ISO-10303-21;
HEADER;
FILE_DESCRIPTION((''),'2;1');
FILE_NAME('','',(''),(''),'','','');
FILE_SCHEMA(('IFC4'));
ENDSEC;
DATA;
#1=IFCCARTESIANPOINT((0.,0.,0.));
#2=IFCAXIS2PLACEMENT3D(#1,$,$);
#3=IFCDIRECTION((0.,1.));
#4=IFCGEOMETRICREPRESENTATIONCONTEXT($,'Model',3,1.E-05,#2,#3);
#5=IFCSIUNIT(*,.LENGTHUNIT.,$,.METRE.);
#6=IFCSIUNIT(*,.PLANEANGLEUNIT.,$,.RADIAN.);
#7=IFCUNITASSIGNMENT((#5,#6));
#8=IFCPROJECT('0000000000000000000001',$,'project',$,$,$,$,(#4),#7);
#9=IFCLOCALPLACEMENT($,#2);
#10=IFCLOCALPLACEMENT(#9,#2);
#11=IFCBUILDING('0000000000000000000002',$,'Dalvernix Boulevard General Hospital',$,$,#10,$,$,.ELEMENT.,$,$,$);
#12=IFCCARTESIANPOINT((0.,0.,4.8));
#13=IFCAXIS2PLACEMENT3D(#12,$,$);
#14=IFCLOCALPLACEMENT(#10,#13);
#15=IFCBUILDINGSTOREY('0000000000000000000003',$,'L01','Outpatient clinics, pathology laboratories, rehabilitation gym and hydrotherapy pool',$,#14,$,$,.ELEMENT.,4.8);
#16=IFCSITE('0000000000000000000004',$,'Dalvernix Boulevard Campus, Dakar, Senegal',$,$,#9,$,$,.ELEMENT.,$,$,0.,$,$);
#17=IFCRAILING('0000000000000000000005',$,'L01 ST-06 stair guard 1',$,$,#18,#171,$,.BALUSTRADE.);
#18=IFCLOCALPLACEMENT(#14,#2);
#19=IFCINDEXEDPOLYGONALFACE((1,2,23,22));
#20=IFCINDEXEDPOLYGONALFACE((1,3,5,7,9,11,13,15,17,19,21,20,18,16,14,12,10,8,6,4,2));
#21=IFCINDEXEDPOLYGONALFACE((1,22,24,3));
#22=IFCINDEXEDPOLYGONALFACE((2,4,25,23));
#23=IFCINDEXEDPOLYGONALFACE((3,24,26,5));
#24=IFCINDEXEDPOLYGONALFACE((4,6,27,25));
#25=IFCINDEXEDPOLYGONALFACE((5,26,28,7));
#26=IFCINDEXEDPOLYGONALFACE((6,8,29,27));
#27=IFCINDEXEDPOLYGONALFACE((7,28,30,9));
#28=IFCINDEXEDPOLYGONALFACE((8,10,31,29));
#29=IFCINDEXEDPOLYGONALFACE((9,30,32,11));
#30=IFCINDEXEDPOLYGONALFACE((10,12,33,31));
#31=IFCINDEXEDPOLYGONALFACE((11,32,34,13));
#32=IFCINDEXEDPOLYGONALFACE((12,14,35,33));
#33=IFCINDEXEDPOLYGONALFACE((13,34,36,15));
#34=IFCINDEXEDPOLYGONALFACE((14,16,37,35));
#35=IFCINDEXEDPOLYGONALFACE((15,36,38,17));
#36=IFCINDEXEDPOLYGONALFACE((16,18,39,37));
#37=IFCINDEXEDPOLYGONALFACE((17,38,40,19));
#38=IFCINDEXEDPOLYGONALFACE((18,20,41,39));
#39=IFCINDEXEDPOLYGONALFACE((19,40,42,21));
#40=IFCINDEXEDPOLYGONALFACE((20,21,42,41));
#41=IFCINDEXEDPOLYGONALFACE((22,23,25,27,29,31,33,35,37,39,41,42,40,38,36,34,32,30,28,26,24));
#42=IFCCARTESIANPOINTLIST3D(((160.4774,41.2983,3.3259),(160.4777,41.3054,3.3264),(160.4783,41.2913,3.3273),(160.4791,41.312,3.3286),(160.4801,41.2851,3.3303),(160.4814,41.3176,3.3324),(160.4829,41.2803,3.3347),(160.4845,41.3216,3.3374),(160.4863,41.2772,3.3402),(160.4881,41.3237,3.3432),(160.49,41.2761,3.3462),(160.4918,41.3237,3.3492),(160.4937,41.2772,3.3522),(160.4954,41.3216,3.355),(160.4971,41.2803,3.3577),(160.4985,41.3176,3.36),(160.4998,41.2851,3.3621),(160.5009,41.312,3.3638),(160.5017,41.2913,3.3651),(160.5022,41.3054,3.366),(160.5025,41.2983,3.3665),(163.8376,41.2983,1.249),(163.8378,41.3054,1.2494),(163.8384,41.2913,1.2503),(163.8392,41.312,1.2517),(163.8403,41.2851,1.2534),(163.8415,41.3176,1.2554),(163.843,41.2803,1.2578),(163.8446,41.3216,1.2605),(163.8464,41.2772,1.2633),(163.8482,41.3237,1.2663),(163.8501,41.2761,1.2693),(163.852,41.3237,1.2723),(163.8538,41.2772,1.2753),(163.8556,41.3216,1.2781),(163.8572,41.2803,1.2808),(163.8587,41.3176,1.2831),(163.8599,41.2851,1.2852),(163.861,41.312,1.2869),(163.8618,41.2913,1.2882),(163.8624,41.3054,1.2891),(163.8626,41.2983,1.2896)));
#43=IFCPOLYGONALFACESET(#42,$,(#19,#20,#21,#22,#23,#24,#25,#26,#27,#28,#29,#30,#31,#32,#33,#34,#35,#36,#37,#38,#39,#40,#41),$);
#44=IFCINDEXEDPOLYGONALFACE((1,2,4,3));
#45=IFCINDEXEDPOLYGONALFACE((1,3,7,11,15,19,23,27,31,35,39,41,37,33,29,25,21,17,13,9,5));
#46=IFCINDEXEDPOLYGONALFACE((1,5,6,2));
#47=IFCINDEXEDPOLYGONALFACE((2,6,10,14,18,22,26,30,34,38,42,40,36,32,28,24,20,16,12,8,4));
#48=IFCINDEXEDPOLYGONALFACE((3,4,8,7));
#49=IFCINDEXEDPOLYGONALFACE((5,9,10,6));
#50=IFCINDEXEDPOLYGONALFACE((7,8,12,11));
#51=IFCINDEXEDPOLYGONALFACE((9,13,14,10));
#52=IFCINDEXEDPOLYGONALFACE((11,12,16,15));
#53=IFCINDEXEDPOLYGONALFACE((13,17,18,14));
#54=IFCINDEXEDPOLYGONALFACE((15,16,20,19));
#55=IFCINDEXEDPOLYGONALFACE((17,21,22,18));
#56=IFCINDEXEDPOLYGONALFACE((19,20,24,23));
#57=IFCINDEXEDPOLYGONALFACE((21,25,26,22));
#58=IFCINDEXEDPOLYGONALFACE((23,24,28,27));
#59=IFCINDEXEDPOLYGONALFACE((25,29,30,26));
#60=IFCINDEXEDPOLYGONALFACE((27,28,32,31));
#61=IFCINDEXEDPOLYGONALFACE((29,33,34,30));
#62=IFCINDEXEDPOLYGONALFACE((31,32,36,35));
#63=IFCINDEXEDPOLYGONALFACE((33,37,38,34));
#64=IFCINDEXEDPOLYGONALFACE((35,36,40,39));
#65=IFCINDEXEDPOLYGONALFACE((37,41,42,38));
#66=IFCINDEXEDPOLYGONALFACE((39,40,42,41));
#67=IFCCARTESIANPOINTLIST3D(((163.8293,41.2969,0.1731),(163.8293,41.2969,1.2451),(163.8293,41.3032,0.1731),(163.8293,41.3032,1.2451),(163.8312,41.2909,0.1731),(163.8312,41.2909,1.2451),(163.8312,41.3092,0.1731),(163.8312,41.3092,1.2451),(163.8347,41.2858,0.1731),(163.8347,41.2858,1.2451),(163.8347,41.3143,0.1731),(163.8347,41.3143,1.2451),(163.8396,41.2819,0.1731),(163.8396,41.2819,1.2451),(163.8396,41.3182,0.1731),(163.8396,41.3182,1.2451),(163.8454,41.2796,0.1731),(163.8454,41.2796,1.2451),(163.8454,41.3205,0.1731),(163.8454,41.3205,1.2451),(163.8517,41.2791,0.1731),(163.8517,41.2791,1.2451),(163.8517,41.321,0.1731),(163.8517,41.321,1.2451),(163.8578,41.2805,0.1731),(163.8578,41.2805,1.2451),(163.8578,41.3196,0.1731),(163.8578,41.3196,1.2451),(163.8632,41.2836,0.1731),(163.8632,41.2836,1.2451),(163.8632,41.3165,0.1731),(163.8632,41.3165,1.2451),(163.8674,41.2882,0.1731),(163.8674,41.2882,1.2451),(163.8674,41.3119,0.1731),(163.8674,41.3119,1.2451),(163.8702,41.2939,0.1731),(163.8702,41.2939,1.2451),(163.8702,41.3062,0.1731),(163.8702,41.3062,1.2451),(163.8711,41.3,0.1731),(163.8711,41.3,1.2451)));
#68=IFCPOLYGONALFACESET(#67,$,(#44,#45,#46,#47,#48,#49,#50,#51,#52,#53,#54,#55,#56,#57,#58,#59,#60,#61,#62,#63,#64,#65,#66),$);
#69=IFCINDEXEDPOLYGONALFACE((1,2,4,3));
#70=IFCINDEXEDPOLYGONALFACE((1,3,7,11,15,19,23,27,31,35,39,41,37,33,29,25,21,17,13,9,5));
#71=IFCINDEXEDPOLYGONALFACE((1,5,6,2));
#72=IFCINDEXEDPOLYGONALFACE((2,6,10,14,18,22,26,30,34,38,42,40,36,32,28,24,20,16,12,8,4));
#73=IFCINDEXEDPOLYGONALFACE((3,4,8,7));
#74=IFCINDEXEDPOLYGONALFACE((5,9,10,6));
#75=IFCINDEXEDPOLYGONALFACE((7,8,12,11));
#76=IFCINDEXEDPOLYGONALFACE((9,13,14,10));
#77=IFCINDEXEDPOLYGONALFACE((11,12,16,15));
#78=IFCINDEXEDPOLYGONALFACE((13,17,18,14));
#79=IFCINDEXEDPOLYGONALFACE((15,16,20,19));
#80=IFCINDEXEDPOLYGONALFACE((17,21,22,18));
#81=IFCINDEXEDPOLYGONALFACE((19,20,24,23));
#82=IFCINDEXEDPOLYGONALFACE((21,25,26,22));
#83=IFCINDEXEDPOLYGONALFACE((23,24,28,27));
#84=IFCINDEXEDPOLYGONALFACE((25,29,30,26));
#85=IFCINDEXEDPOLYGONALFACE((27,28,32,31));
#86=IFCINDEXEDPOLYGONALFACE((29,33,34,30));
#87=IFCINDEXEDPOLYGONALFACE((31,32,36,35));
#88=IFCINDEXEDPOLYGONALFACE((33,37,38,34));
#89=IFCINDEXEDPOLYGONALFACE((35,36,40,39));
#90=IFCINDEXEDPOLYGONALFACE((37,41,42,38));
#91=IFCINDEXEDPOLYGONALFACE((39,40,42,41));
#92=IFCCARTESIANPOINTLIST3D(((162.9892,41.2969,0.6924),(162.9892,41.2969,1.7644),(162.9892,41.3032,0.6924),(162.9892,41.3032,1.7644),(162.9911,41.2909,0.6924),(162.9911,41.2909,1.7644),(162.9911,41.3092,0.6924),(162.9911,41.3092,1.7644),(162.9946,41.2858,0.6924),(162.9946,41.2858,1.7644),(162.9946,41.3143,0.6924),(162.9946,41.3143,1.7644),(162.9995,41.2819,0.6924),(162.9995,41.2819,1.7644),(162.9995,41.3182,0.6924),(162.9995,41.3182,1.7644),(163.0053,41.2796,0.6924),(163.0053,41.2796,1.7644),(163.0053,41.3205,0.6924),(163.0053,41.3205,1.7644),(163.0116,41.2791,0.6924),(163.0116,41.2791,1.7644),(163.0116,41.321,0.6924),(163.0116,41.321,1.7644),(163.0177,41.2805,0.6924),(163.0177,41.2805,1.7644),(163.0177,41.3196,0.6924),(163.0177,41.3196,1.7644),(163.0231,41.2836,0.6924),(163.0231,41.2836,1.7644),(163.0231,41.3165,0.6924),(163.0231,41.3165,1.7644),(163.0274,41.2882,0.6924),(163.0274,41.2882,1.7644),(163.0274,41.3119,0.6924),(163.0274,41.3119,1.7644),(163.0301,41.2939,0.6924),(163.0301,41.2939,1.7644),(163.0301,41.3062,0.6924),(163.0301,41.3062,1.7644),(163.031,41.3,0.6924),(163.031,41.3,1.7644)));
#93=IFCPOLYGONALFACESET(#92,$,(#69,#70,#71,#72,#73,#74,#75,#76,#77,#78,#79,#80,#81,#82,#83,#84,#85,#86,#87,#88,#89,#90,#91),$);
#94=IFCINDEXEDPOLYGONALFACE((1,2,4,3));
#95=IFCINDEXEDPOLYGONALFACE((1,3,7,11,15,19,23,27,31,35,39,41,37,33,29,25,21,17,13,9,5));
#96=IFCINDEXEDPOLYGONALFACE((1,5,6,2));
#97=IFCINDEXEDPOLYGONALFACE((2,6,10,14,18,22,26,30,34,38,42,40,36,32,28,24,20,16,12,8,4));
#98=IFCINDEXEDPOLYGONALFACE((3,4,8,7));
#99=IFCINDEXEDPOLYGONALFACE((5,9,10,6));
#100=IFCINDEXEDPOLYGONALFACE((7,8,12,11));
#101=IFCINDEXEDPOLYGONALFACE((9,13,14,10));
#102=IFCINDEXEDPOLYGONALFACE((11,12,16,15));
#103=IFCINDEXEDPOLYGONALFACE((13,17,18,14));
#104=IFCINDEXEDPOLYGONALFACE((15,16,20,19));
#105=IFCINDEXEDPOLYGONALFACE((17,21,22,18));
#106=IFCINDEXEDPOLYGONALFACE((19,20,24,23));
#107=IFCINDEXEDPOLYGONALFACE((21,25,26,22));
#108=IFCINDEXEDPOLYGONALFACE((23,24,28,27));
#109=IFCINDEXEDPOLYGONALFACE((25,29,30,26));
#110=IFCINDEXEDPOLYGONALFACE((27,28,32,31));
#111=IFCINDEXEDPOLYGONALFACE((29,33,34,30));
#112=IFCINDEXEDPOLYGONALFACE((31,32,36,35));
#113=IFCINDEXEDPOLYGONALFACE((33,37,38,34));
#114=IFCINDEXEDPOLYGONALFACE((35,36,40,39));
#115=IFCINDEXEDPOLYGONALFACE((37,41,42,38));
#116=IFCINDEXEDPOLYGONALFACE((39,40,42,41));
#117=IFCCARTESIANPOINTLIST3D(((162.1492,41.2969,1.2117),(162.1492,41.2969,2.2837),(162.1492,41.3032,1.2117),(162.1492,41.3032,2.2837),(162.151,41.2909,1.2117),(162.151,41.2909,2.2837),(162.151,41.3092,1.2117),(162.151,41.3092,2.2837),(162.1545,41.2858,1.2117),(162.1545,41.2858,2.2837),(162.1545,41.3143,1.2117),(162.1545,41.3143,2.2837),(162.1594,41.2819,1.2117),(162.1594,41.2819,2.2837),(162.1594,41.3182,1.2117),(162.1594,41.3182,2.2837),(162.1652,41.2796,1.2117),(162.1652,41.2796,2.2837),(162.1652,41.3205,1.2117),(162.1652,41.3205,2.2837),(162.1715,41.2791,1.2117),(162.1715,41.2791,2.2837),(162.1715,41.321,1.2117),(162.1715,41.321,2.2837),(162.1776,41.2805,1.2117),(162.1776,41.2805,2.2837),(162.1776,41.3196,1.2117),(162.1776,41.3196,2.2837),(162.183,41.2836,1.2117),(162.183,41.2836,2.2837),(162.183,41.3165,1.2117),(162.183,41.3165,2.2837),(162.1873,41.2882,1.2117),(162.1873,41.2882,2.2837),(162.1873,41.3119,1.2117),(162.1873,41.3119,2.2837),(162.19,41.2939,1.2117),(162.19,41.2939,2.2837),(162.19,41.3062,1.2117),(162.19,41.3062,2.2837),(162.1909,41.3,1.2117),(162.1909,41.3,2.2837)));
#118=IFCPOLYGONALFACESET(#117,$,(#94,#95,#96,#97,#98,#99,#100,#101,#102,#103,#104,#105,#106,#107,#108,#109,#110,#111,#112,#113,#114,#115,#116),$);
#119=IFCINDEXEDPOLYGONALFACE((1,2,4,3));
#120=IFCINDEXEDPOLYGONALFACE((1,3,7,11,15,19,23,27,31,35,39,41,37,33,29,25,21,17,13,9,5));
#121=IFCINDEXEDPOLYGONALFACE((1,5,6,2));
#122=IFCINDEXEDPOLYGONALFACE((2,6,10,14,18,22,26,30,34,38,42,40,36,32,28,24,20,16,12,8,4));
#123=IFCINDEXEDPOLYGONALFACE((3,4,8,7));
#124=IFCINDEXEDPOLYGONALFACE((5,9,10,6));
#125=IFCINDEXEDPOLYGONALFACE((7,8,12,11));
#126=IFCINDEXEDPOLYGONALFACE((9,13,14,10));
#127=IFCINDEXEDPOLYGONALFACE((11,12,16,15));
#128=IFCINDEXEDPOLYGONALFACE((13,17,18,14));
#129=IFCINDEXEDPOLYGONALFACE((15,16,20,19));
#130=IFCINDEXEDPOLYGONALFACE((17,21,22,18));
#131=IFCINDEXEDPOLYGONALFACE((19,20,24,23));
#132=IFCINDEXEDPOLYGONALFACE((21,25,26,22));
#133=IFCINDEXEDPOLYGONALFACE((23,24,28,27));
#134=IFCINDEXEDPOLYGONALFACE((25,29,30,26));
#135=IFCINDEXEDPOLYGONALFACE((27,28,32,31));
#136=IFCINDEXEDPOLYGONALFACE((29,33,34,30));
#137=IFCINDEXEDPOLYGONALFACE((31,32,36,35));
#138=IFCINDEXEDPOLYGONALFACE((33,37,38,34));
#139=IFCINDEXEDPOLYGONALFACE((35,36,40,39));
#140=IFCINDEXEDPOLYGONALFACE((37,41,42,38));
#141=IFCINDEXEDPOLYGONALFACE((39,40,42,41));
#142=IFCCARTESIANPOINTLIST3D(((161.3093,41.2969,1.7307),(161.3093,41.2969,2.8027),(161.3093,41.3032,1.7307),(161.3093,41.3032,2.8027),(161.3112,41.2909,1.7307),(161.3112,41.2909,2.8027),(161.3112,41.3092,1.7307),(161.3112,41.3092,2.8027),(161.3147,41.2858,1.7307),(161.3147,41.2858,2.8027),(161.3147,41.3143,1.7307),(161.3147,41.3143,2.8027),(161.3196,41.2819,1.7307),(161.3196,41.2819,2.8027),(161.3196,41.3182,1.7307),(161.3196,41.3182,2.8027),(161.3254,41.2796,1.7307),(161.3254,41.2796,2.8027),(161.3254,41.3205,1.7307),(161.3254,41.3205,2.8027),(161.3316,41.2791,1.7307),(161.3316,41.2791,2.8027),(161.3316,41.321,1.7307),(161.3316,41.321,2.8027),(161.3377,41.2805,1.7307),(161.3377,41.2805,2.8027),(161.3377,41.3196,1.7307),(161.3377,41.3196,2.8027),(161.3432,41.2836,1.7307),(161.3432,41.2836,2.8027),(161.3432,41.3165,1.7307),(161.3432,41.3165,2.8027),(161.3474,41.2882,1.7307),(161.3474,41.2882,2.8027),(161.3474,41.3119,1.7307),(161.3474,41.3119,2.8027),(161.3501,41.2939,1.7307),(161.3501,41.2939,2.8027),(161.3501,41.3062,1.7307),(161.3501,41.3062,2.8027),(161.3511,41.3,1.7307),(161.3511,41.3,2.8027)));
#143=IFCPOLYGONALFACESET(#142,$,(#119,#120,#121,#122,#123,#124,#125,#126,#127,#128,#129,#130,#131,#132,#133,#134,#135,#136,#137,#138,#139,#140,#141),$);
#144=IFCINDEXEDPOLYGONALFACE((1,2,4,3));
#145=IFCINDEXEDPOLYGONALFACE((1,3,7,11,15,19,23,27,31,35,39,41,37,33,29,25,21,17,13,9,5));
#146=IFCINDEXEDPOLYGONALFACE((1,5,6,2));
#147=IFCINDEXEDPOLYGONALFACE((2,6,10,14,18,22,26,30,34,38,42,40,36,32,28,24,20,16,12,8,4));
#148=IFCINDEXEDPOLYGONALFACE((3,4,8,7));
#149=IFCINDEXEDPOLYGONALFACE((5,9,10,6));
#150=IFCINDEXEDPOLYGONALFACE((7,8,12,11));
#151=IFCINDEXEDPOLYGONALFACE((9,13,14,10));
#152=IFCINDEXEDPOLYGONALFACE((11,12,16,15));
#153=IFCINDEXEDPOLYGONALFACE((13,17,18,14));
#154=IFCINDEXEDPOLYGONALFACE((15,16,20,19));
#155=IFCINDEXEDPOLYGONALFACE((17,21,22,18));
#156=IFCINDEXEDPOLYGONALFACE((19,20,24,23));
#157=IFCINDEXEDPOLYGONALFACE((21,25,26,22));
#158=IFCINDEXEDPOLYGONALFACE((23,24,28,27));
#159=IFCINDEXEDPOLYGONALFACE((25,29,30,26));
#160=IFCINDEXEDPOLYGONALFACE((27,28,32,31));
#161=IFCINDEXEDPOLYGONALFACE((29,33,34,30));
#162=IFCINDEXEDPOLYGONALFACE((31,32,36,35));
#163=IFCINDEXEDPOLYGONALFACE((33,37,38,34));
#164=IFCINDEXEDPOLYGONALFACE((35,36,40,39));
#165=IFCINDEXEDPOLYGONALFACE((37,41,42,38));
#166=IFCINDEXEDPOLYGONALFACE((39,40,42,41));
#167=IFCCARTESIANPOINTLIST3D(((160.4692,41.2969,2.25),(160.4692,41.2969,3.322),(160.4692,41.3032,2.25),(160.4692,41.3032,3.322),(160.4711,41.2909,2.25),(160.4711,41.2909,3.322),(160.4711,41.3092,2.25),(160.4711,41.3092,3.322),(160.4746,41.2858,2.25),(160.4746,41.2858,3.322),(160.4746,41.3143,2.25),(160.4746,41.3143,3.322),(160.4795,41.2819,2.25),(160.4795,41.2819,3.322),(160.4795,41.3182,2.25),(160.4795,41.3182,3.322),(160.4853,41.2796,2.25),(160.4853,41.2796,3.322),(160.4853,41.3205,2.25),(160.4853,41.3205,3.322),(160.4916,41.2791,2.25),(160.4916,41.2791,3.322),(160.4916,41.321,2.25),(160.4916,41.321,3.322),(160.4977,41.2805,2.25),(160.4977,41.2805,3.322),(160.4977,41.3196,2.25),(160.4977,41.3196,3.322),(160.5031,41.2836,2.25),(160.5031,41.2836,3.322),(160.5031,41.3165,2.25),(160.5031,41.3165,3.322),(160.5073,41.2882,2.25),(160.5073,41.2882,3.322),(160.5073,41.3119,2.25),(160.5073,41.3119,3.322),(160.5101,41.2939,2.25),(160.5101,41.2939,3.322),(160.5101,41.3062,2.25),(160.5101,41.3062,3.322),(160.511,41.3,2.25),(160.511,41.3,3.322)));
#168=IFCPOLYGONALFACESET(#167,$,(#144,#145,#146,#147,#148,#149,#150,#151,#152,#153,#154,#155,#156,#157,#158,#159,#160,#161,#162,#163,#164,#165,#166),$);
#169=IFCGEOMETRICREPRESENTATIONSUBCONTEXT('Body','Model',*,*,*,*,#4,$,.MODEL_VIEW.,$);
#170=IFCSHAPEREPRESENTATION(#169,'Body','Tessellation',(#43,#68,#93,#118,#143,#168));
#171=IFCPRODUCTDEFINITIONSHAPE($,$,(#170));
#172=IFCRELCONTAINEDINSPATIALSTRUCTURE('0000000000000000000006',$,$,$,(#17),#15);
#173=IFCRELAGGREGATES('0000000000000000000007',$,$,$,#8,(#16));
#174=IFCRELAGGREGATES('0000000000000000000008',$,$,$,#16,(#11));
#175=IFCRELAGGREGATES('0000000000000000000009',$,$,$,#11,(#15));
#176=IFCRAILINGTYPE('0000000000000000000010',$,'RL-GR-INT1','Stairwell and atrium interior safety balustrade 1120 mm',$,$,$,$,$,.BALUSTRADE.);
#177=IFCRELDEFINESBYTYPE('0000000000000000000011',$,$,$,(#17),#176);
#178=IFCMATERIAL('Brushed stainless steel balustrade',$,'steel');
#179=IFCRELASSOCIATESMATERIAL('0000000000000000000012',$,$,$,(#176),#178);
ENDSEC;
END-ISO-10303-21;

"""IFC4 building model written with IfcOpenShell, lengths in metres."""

from ifc_helpers import new_model, si_unit, direction, frame, origin, origin_2d, place, context, subcontext, project, spatial, circle, extrude, material, type_object, element, save


model = new_model("IFC4")

# Units and contexts
model_context = context("Model", 3, precision=1e-05, world=origin(), true_north=direction((0.0, 1.0)))
body_context = subcontext(model_context, "Body", "Model", "MODEL_VIEW")
ifc_project = project(units=[si_unit("LENGTHUNIT", "METRE"), si_unit("PLANEANGLEUNIT", "RADIAN")], contexts=[model_context])

# Site, building, storey
site_placement = place(None, origin())
site = spatial("IfcSite", under=ifc_project, at=site_placement, Name="Dalvernix Boulevard Campus, Dakar, Senegal", CompositionType="ELEMENT", RefElevation=0.0)
building_placement = place(site_placement, origin())
building = spatial("IfcBuilding", under=site, at=building_placement, Name="Dalvernix Boulevard General Hospital", CompositionType="ELEMENT")
storey_placement = place(building_placement, frame((0.0, 0.0, 4.8)))
storey = spatial("IfcBuildingStorey", under=building, at=storey_placement, Name="L01", Description="Outpatient clinics, pathology laboratories, rehabilitation gym and hydrotherapy pool", CompositionType="ELEMENT", Elevation=4.8)

# Railing
ifc_material_1 = material(Name="Brushed stainless steel balustrade", Category="steel")
railing_type_1 = type_object("IfcRailingType", Name="RL-GR-INT1", Description="Stairwell and atrium interior safety balustrade 1120 mm", PredefinedType="BALUSTRADE", material=ifc_material_1)
railing_1_placement = place(storey_placement, frame((163.8501, 41.3, 0.1731)))
element("IfcRailing", 1, at=railing_1_placement, inside=storey, type_object=railing_type_1, Name="L01 ST-06 stair guard 1", PredefinedType="BALUSTRADE", context=body_context, shape_type="SweptSolid", body=[
    extrude(circle(Radius=0.0239, at=origin_2d()), frame((0.0, 0.0, 1.0962), z_axis=(-0.850623, 0.0, 0.525776), x_axis=(0.0, -1.0, 0.0)), (0.0, 0.0, 1.0), 3.9502),
    extrude(circle(Radius=0.021, at=origin_2d()), origin(), (0.0, 0.0, 1.0), 1.072),
    extrude(circle(Radius=0.021, at=origin_2d()), frame((-0.8401, 0.0, 0.5193)), (0.0, 0.0, 1.0), 1.072),
    extrude(circle(Radius=0.021, at=origin_2d()), frame((-1.6802, 0.0, 1.0386)), (0.0, 0.0, 1.0), 1.072),
    extrude(circle(Radius=0.021, at=origin_2d()), frame((-2.52, 0.0, 1.5576)), (0.0, 0.0, 1.0), 1.072),
    extrude(circle(Radius=0.021, at=origin_2d()), frame((-3.3601, 0.0, 2.0769)), (0.0, 0.0, 1.0), 1.072),
])

save(model, "model.ifc")
